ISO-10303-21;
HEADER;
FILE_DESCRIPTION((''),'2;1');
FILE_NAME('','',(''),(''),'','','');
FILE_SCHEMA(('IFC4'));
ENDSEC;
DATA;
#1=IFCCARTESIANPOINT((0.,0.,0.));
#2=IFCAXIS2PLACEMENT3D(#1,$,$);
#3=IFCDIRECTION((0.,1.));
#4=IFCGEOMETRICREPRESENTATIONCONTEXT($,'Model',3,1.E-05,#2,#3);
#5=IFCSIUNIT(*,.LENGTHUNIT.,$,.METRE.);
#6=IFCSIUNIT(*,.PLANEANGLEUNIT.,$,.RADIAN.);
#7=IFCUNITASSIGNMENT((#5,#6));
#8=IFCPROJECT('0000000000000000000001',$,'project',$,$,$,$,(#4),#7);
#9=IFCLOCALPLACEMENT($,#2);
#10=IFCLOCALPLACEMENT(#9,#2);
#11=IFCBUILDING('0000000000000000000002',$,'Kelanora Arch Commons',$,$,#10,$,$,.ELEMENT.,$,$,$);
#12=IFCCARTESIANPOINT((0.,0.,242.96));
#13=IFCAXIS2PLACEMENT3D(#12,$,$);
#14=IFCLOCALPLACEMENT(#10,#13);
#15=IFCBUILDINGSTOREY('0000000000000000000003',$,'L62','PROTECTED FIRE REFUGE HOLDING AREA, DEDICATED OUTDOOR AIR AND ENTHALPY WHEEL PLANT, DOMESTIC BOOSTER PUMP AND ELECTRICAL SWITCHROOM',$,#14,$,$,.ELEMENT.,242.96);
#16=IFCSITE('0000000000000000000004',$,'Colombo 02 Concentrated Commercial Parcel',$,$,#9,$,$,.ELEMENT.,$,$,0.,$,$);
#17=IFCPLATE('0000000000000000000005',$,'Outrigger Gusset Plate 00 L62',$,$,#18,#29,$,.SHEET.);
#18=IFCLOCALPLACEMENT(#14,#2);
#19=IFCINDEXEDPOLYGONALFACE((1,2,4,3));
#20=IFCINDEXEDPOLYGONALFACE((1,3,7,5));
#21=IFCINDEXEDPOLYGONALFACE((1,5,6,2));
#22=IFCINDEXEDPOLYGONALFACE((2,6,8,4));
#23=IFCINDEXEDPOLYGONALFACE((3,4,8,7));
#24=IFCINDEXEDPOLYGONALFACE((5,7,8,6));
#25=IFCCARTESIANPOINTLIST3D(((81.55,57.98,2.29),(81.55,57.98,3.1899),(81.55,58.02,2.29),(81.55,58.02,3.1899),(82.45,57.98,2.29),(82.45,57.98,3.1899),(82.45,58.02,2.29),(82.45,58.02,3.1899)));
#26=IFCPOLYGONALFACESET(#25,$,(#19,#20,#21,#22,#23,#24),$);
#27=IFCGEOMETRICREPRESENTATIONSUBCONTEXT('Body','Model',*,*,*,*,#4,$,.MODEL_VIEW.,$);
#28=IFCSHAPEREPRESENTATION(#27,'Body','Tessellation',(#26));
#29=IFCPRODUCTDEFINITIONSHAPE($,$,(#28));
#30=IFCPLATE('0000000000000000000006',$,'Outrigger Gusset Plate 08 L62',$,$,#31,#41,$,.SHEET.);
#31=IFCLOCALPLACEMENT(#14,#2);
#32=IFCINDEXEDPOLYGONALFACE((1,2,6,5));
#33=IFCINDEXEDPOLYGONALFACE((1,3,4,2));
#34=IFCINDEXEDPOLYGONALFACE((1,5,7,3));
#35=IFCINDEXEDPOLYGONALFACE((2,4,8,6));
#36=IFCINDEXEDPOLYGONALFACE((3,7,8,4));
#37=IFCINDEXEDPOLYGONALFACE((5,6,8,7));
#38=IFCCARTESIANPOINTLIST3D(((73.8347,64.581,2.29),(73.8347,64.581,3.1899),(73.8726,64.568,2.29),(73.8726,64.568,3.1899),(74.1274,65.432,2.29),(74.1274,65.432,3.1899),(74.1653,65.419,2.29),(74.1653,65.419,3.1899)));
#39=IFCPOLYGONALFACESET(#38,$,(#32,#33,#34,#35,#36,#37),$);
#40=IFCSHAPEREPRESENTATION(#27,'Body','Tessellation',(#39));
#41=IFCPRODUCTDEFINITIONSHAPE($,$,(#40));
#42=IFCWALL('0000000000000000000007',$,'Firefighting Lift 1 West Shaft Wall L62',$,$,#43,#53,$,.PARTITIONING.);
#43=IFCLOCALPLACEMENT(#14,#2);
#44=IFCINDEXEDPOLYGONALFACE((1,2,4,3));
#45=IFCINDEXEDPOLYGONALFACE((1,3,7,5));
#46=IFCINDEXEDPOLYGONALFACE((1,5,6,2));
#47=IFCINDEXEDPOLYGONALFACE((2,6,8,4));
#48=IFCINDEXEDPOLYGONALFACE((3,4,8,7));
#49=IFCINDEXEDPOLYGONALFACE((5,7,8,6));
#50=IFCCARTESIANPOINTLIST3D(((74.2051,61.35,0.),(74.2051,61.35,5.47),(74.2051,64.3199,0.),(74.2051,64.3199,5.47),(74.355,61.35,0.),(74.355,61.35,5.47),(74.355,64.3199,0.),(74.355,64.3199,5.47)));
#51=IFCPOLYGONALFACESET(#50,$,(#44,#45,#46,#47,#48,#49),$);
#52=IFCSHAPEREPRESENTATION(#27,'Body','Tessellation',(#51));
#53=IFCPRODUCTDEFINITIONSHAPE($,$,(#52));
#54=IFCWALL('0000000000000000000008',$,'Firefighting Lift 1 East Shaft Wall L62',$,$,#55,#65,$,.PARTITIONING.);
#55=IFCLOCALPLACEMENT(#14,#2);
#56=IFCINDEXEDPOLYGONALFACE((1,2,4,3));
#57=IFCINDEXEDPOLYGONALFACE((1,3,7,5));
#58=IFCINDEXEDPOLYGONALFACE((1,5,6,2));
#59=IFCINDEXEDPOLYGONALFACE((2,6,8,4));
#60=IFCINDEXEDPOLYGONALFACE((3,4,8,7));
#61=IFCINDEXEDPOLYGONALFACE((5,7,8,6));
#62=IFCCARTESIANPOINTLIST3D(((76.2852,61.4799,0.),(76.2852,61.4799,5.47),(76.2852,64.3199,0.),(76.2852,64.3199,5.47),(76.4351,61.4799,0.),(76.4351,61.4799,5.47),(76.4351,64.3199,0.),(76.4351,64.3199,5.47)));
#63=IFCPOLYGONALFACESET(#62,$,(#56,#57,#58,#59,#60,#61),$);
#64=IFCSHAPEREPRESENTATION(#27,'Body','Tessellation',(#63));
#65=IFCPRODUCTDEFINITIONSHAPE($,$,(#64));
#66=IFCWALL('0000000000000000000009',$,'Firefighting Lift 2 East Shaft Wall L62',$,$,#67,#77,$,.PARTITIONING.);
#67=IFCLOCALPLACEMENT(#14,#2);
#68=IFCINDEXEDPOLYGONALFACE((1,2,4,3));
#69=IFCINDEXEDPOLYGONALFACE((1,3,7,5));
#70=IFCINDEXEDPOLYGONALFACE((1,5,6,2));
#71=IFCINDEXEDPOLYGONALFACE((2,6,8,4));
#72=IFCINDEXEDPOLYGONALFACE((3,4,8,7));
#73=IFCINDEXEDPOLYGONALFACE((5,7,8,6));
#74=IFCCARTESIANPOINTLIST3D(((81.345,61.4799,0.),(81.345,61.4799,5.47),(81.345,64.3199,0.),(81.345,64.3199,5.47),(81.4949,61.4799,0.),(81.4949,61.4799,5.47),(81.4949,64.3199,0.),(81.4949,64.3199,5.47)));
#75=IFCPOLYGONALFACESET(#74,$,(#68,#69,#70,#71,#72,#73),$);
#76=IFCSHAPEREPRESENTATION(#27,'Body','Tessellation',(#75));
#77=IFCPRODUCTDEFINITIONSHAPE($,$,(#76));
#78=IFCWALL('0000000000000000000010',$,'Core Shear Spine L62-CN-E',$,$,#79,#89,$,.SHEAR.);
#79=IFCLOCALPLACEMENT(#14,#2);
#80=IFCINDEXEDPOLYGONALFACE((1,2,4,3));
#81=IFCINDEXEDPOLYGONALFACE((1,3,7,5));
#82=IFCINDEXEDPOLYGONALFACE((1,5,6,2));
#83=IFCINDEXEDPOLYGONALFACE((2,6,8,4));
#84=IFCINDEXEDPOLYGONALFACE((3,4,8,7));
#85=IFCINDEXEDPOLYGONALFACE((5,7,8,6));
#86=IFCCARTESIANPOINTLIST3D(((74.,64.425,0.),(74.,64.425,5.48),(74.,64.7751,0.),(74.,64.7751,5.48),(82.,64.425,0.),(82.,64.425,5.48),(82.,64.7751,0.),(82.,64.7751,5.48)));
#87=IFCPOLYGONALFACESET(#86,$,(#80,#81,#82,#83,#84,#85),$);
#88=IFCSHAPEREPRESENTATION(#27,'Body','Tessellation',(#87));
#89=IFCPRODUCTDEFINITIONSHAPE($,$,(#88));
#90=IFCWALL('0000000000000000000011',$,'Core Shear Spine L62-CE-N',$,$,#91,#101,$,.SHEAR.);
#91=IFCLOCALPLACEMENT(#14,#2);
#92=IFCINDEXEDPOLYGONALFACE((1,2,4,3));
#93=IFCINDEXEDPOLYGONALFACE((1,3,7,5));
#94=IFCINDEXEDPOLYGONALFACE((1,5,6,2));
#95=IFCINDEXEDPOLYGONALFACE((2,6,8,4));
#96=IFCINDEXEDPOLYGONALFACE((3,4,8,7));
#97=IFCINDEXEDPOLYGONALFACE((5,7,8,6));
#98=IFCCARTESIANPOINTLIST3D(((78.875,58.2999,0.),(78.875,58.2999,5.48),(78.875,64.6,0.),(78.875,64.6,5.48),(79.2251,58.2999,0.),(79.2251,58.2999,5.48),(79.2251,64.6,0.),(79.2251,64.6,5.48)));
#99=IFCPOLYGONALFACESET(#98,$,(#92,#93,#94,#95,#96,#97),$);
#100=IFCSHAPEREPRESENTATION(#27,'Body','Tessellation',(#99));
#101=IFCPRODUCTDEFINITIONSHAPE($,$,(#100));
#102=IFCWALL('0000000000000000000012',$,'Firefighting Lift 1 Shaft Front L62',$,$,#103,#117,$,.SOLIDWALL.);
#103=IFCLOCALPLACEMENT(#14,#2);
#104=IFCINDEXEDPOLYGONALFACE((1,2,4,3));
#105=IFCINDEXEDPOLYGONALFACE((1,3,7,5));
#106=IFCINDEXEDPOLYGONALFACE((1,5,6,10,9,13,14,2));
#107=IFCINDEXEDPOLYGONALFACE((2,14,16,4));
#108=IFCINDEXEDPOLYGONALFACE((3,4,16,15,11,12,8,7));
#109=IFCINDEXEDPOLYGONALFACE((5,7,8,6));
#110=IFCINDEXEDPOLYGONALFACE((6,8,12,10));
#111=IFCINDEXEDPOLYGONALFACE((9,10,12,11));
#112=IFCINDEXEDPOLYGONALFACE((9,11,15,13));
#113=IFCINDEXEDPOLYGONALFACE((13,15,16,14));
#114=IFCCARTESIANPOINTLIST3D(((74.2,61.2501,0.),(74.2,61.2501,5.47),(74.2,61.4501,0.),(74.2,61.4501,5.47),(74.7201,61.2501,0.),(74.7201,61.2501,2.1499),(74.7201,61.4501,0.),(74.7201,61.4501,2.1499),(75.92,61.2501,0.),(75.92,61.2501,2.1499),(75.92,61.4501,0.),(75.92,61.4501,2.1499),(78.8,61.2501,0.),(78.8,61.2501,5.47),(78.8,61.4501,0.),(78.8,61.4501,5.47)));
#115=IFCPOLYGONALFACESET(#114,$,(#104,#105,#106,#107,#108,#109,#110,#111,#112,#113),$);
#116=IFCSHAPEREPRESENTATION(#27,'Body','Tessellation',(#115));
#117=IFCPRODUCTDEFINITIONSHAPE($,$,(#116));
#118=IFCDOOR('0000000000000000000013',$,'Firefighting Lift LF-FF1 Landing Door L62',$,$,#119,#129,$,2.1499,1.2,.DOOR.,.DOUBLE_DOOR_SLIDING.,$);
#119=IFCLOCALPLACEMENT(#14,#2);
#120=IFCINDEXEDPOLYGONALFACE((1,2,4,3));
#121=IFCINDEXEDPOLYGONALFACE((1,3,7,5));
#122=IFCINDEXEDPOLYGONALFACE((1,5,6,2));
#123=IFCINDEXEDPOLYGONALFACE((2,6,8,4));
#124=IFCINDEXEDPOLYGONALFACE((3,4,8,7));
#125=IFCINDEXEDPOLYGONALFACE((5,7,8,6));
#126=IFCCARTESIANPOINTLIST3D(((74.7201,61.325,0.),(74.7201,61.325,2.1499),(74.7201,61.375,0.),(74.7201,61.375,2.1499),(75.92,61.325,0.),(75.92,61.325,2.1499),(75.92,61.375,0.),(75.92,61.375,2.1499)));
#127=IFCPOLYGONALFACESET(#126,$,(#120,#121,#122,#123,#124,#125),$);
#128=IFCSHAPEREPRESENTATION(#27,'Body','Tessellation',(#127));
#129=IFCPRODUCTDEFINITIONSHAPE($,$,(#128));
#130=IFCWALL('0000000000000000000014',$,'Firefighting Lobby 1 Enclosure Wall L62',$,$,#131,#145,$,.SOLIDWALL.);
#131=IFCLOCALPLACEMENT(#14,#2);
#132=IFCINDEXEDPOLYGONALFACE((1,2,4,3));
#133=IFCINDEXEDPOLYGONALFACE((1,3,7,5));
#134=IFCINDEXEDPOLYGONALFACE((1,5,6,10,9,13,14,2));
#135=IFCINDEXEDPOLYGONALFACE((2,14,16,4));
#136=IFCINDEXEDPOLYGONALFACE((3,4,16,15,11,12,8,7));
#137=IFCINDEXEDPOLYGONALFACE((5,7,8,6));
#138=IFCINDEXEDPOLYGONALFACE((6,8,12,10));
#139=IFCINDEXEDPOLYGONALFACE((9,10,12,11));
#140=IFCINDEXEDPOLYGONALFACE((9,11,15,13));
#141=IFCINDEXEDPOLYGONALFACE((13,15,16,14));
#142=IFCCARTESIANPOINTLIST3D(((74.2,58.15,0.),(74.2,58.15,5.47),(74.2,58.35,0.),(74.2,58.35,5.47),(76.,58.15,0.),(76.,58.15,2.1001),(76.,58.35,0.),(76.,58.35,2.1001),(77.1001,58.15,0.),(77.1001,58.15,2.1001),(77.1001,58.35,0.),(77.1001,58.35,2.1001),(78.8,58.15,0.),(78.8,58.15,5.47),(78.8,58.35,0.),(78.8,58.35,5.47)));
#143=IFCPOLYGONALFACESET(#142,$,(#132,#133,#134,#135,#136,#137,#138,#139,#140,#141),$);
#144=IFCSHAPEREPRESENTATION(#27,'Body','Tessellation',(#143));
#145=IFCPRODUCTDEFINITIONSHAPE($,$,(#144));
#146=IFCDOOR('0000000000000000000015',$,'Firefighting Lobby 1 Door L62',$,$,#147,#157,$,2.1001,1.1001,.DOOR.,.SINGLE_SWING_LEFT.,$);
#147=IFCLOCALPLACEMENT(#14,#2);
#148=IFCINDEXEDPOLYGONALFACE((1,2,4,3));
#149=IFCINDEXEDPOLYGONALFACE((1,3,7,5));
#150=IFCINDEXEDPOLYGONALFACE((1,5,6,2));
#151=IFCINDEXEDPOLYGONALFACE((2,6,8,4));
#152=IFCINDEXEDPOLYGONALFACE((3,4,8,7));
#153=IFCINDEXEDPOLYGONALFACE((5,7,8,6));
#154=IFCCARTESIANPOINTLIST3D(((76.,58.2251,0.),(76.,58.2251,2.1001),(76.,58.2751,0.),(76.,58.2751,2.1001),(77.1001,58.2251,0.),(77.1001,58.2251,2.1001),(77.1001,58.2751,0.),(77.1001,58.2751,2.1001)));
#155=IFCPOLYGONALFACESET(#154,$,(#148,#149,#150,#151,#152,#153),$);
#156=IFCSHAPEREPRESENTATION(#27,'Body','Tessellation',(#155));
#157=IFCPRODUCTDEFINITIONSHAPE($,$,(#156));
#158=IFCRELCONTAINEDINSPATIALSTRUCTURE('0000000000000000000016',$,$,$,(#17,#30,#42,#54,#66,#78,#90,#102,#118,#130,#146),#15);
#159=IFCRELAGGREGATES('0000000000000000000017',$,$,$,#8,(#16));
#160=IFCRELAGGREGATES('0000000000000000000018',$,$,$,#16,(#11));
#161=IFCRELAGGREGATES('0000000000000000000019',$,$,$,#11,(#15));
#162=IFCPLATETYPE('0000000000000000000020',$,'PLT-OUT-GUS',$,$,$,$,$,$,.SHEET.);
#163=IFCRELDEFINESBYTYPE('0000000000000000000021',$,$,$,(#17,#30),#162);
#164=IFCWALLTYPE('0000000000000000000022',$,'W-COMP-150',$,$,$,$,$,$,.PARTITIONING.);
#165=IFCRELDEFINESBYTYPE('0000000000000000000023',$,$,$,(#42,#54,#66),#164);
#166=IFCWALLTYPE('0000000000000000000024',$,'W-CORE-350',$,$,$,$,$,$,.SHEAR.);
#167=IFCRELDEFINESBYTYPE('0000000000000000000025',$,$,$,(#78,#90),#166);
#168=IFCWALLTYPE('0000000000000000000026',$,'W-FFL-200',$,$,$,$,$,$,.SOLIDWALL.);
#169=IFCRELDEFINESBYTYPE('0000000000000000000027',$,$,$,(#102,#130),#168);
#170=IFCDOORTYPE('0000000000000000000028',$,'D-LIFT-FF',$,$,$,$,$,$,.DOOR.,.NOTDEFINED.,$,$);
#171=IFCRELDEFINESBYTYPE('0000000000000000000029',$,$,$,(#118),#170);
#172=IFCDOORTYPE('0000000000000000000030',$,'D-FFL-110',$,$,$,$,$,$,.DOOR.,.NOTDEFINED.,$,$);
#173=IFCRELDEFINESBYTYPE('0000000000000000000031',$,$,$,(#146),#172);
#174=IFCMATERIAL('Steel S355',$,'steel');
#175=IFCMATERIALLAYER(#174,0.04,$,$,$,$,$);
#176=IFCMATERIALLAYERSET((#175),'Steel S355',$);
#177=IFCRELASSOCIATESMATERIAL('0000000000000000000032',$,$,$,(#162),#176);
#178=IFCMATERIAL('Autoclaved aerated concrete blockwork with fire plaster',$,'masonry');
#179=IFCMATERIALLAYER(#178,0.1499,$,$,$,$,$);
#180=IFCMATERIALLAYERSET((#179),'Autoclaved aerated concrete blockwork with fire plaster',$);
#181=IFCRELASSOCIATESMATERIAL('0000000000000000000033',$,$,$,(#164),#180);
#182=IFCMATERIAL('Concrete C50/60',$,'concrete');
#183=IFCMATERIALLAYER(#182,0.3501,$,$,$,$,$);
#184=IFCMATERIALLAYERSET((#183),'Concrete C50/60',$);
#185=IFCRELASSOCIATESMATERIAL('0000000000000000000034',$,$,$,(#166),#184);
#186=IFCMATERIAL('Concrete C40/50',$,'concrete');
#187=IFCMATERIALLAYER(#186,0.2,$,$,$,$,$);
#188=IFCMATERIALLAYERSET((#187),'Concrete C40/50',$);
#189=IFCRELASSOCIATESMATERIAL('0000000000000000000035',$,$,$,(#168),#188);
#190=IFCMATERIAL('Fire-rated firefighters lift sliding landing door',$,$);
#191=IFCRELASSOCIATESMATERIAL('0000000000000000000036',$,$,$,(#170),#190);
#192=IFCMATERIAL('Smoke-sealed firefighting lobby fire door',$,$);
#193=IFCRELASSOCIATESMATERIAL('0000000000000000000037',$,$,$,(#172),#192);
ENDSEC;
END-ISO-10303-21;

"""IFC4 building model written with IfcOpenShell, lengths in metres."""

from ifc_helpers import new_model, si_unit, direction, frame, frame_2d, origin, origin_2d, place, context, subcontext, project, spatial, rectangle, extrude, source, transform, mapped, material, layer, layer_set, type_object, element, fill, save


model = new_model("IFC4")

# Units and contexts
model_context = context("Model", 3, precision=1e-05, world=origin(), true_north=direction((0.0, 1.0)))
body_context = subcontext(model_context, "Body", "Model", "MODEL_VIEW")
ifc_project = project(units=[si_unit("LENGTHUNIT", "METRE"), si_unit("PLANEANGLEUNIT", "RADIAN")], contexts=[model_context])

# Site, building, storey
site_placement = place(None, origin())
site = spatial("IfcSite", under=ifc_project, at=site_placement, Name="Colombo 02 Concentrated Commercial Parcel", CompositionType="ELEMENT", RefElevation=0.0)
building_placement = place(site_placement, origin())
building = spatial("IfcBuilding", under=site, at=building_placement, Name="Kelanora Arch Commons", CompositionType="ELEMENT")
storey_placement = place(building_placement, frame((0.0, 0.0, 242.96)))
storey = spatial("IfcBuildingStorey", under=building, at=storey_placement, Name="L62", Description="PROTECTED FIRE REFUGE HOLDING AREA, DEDICATED OUTDOOR AIR AND ENTHALPY WHEEL PLANT, DOMESTIC BOOSTER PUMP AND ELECTRICAL SWITCHROOM", CompositionType="ELEMENT", Elevation=242.96)

# Shared definitions
ifc_material_1 = material(Name="Steel S355", Category="steel")

# Plates
ifc_layer_1 = layer(ifc_material_1, 0.04)
ifc_layer_set_1 = layer_set([ifc_layer_1], Name="Steel S355")
plate_type = type_object("IfcPlateType", Name="PLT-OUT-GUS", PredefinedType="SHEET", material=ifc_layer_set_1)
shared_shape_1 = source(origin(), body_context, "Body", "SweptSolid", [
    extrude(rectangle(XDim=0.8999, YDim=0.04, at=origin_2d()), origin(), (0.0, 0.0, 1.0), 0.8999),
])
for number, where, z_axis, x_axis, name in (
    (1, (82.0, 58.0, 2.29), (0.0, 0.0, 1.0), (1.0, 0.0, 0.0), "Outrigger Gusset Plate 00 L62"),
    (2, (74.0, 65.0, 2.29), (0.0, 0.0, 1.0), (0.325229, 0.945635, 0.0), "Outrigger Gusset Plate 08 L62"),
):
    element("IfcPlate", number, at=place(storey_placement, frame(where, z_axis=z_axis, x_axis=x_axis)), inside=storey, type_object=plate_type, Name=name, PredefinedType="SHEET", context=body_context, shape_type="MappedRepresentation", body=[
        mapped(shared_shape_1, transform((0.0, 0.0, 0.0), scale=1.0)),
    ])

# Walls
ifc_material_2 = material(Name="Autoclaved aerated concrete blockwork with fire plaster", Category="masonry")
ifc_layer_2 = layer(ifc_material_2, 0.1499)
ifc_layer_set_2 = layer_set([ifc_layer_2], Name="Autoclaved aerated concrete blockwork with fire plaster")
wall_type_1 = type_object("IfcWallType", Name="W-COMP-150", PredefinedType="PARTITIONING", material=ifc_layer_set_2)
wall_1_placement = place(storey_placement, frame((74.28, 61.3501, 0.0), z_axis=(0.0, 0.0, 1.0), x_axis=(0.0, 1.0, 0.0)))
element("IfcWall", 3, at=wall_1_placement, inside=storey, type_object=wall_type_1, Name="Firefighting Lift 1 West Shaft Wall L62", PredefinedType="PARTITIONING", context=body_context, shape_type="SweptSolid", body=[
    extrude(rectangle(XDim=2.97, YDim=0.1499, at=frame_2d((1.4849, 0.0))), origin(), (0.0, 0.0, 1.0), 5.47),
])
for number, where, z_axis, x_axis, name in (
    (4, (76.3601, 61.48, 0.0), (0.0, 0.0, 1.0), (0.0, 1.0, 0.0), "Firefighting Lift 1 East Shaft Wall L62"),
    (5, (81.4199, 61.48, 0.0), (0.0, 0.0, 1.0), (0.0, 1.0, 0.0), "Firefighting Lift 2 East Shaft Wall L62"),
):
    element("IfcWall", number, at=place(storey_placement, frame(where, z_axis=z_axis, x_axis=x_axis)), inside=storey, type_object=wall_type_1, Name=name, PredefinedType="PARTITIONING", context=body_context, shape_type="SweptSolid", body=[
        extrude(rectangle(XDim=2.8401, YDim=0.1499, at=frame_2d((1.4199, 0.0))), origin(), (0.0, 0.0, 1.0), 5.47),
    ])
ifc_material_3 = material(Name="Concrete C50/60", Category="concrete")
ifc_layer_3 = layer(ifc_material_3, 0.3501)
ifc_layer_set_3 = layer_set([ifc_layer_3], Name="Concrete C50/60")
wall_type_2 = type_object("IfcWallType", Name="W-CORE-350", PredefinedType="SHEAR", material=ifc_layer_set_3)
wall_2_placement = place(storey_placement, frame((74.0, 64.6001, 0.0), z_axis=(0.0, 0.0, 1.0), x_axis=(1.0, 0.0, 0.0)))
element("IfcWall", 6, at=wall_2_placement, inside=storey, type_object=wall_type_2, Name="Core Shear Spine L62-CN-E", PredefinedType="SHEAR", context=body_context, shape_type="SweptSolid", body=[
    extrude(rectangle(XDim=8.0, YDim=0.3501, at=frame_2d((4.0, 0.0))), origin(), (0.0, 0.0, 1.0), 5.48),
])
wall_3_placement = place(storey_placement, frame((79.05, 58.3, 0.0), z_axis=(0.0, 0.0, 1.0), x_axis=(0.0, 1.0, 0.0)))
element("IfcWall", 7, at=wall_3_placement, inside=storey, type_object=wall_type_2, Name="Core Shear Spine L62-CE-N", PredefinedType="SHEAR", context=body_context, shape_type="SweptSolid", body=[
    extrude(rectangle(XDim=6.3, YDim=0.3501, at=frame_2d((3.1499, 0.0))), origin(), (0.0, 0.0, 1.0), 5.48),
])

# Walls, openings, doors
ifc_material_4 = material(Name="Concrete C40/50", Category="concrete")
ifc_layer_4 = layer(ifc_material_4, 0.2)
ifc_layer_set_4 = layer_set([ifc_layer_4], Name="Concrete C40/50")
wall_type_3 = type_object("IfcWallType", Name="W-FFL-200", PredefinedType="SOLIDWALL", material=ifc_layer_set_4)
wall_4_placement = place(storey_placement, frame((74.2, 61.3501, 0.0), z_axis=(0.0, 0.0, 1.0), x_axis=(1.0, 0.0, 0.0)))
wall_4 = element("IfcWall", 8, at=wall_4_placement, inside=storey, type_object=wall_type_3, Name="Firefighting Lift 1 Shaft Front L62", PredefinedType="SOLIDWALL", context=body_context, shape_type="SweptSolid", body=[
    extrude(rectangle(XDim=4.6001, YDim=0.2, at=frame_2d((2.3, 0.0))), origin(), (0.0, 0.0, 1.0), 5.47),
])
opening_1_placement = place(wall_4_placement, frame((0.52, 0.0, 0.0)))
opening_1 = element("IfcOpeningElement", 9, at=opening_1_placement, cuts=wall_4, PredefinedType="OPENING", context=body_context, shape_type="SweptSolid", body=[
    extrude(rectangle(XDim=1.2, YDim=2.1499, at=frame_2d((0.6001, 1.075))), frame((0.0, 0.1099, 0.0), z_axis=(0.0, -1.0, 0.0), x_axis=(1.0, 0.0, 0.0)), (0.0, 0.0, 1.0), 0.22),
])
ifc_material_5 = material(Name="Fire-rated firefighters lift sliding landing door")
door_type_1 = type_object("IfcDoorType", Name="D-LIFT-FF", OperationType="NOTDEFINED", PredefinedType="DOOR", material=ifc_material_5)
door_1_placement = place(opening_1_placement, origin())
door_1 = element("IfcDoor", 10, at=door_1_placement, inside=storey, type_object=door_type_1, Name="Firefighting Lift LF-FF1 Landing Door L62", OperationType="DOUBLE_DOOR_SLIDING", OverallHeight=2.1499, OverallWidth=1.2, PredefinedType="DOOR", context=body_context, shape_type="SweptSolid", body=[
    extrude(rectangle(XDim=1.2, YDim=2.1499, at=frame_2d((0.6001, 1.075))), frame((0.0, 0.0249, 0.0), z_axis=(0.0, -1.0, 0.0), x_axis=(1.0, 0.0, 0.0)), (0.0, 0.0, 1.0), 0.05),
])
fill(opening_1, door_1)
wall_5_placement = place(storey_placement, frame((74.2, 58.25, 0.0), z_axis=(0.0, 0.0, 1.0), x_axis=(1.0, 0.0, 0.0)))
wall_5 = element("IfcWall", 11, at=wall_5_placement, inside=storey, type_object=wall_type_3, Name="Firefighting Lobby 1 Enclosure Wall L62", PredefinedType="SOLIDWALL", context=body_context, shape_type="SweptSolid", body=[
    extrude(rectangle(XDim=4.6001, YDim=0.2, at=frame_2d((2.3, 0.0))), origin(), (0.0, 0.0, 1.0), 5.47),
])
opening_2_placement = place(wall_5_placement, frame((1.8, 0.0, 0.0)))
opening_2 = element("IfcOpeningElement", 12, at=opening_2_placement, cuts=wall_5, PredefinedType="OPENING", context=body_context, shape_type="SweptSolid", body=[
    extrude(rectangle(XDim=1.1001, YDim=2.1001, at=frame_2d((0.55, 1.05))), frame((0.0, 0.1099, 0.0), z_axis=(0.0, -1.0, 0.0), x_axis=(1.0, 0.0, 0.0)), (0.0, 0.0, 1.0), 0.22),
])
ifc_material_6 = material(Name="Smoke-sealed firefighting lobby fire door")
door_type_2 = type_object("IfcDoorType", Name="D-FFL-110", OperationType="NOTDEFINED", PredefinedType="DOOR", material=ifc_material_6)
door_2_placement = place(opening_2_placement, frame((1.1001, 0.0, 0.0), z_axis=(0.0, 0.0, 1.0), x_axis=(-1.0, 0.0, 0.0)))
door_2 = element("IfcDoor", 13, at=door_2_placement, inside=storey, type_object=door_type_2, Name="Firefighting Lobby 1 Door L62", OperationType="SINGLE_SWING_LEFT", OverallHeight=2.1001, OverallWidth=1.1001, PredefinedType="DOOR", context=body_context, shape_type="SweptSolid", body=[
    extrude(rectangle(XDim=1.1001, YDim=2.1001, at=frame_2d((0.55, 1.05))), frame((0.0, 0.0249, 0.0), z_axis=(0.0, -1.0, 0.0), x_axis=(1.0, 0.0, 0.0)), (0.0, 0.0, 1.0), 0.05),
])
fill(opening_2, door_2)

save(model, "model.ifc")
